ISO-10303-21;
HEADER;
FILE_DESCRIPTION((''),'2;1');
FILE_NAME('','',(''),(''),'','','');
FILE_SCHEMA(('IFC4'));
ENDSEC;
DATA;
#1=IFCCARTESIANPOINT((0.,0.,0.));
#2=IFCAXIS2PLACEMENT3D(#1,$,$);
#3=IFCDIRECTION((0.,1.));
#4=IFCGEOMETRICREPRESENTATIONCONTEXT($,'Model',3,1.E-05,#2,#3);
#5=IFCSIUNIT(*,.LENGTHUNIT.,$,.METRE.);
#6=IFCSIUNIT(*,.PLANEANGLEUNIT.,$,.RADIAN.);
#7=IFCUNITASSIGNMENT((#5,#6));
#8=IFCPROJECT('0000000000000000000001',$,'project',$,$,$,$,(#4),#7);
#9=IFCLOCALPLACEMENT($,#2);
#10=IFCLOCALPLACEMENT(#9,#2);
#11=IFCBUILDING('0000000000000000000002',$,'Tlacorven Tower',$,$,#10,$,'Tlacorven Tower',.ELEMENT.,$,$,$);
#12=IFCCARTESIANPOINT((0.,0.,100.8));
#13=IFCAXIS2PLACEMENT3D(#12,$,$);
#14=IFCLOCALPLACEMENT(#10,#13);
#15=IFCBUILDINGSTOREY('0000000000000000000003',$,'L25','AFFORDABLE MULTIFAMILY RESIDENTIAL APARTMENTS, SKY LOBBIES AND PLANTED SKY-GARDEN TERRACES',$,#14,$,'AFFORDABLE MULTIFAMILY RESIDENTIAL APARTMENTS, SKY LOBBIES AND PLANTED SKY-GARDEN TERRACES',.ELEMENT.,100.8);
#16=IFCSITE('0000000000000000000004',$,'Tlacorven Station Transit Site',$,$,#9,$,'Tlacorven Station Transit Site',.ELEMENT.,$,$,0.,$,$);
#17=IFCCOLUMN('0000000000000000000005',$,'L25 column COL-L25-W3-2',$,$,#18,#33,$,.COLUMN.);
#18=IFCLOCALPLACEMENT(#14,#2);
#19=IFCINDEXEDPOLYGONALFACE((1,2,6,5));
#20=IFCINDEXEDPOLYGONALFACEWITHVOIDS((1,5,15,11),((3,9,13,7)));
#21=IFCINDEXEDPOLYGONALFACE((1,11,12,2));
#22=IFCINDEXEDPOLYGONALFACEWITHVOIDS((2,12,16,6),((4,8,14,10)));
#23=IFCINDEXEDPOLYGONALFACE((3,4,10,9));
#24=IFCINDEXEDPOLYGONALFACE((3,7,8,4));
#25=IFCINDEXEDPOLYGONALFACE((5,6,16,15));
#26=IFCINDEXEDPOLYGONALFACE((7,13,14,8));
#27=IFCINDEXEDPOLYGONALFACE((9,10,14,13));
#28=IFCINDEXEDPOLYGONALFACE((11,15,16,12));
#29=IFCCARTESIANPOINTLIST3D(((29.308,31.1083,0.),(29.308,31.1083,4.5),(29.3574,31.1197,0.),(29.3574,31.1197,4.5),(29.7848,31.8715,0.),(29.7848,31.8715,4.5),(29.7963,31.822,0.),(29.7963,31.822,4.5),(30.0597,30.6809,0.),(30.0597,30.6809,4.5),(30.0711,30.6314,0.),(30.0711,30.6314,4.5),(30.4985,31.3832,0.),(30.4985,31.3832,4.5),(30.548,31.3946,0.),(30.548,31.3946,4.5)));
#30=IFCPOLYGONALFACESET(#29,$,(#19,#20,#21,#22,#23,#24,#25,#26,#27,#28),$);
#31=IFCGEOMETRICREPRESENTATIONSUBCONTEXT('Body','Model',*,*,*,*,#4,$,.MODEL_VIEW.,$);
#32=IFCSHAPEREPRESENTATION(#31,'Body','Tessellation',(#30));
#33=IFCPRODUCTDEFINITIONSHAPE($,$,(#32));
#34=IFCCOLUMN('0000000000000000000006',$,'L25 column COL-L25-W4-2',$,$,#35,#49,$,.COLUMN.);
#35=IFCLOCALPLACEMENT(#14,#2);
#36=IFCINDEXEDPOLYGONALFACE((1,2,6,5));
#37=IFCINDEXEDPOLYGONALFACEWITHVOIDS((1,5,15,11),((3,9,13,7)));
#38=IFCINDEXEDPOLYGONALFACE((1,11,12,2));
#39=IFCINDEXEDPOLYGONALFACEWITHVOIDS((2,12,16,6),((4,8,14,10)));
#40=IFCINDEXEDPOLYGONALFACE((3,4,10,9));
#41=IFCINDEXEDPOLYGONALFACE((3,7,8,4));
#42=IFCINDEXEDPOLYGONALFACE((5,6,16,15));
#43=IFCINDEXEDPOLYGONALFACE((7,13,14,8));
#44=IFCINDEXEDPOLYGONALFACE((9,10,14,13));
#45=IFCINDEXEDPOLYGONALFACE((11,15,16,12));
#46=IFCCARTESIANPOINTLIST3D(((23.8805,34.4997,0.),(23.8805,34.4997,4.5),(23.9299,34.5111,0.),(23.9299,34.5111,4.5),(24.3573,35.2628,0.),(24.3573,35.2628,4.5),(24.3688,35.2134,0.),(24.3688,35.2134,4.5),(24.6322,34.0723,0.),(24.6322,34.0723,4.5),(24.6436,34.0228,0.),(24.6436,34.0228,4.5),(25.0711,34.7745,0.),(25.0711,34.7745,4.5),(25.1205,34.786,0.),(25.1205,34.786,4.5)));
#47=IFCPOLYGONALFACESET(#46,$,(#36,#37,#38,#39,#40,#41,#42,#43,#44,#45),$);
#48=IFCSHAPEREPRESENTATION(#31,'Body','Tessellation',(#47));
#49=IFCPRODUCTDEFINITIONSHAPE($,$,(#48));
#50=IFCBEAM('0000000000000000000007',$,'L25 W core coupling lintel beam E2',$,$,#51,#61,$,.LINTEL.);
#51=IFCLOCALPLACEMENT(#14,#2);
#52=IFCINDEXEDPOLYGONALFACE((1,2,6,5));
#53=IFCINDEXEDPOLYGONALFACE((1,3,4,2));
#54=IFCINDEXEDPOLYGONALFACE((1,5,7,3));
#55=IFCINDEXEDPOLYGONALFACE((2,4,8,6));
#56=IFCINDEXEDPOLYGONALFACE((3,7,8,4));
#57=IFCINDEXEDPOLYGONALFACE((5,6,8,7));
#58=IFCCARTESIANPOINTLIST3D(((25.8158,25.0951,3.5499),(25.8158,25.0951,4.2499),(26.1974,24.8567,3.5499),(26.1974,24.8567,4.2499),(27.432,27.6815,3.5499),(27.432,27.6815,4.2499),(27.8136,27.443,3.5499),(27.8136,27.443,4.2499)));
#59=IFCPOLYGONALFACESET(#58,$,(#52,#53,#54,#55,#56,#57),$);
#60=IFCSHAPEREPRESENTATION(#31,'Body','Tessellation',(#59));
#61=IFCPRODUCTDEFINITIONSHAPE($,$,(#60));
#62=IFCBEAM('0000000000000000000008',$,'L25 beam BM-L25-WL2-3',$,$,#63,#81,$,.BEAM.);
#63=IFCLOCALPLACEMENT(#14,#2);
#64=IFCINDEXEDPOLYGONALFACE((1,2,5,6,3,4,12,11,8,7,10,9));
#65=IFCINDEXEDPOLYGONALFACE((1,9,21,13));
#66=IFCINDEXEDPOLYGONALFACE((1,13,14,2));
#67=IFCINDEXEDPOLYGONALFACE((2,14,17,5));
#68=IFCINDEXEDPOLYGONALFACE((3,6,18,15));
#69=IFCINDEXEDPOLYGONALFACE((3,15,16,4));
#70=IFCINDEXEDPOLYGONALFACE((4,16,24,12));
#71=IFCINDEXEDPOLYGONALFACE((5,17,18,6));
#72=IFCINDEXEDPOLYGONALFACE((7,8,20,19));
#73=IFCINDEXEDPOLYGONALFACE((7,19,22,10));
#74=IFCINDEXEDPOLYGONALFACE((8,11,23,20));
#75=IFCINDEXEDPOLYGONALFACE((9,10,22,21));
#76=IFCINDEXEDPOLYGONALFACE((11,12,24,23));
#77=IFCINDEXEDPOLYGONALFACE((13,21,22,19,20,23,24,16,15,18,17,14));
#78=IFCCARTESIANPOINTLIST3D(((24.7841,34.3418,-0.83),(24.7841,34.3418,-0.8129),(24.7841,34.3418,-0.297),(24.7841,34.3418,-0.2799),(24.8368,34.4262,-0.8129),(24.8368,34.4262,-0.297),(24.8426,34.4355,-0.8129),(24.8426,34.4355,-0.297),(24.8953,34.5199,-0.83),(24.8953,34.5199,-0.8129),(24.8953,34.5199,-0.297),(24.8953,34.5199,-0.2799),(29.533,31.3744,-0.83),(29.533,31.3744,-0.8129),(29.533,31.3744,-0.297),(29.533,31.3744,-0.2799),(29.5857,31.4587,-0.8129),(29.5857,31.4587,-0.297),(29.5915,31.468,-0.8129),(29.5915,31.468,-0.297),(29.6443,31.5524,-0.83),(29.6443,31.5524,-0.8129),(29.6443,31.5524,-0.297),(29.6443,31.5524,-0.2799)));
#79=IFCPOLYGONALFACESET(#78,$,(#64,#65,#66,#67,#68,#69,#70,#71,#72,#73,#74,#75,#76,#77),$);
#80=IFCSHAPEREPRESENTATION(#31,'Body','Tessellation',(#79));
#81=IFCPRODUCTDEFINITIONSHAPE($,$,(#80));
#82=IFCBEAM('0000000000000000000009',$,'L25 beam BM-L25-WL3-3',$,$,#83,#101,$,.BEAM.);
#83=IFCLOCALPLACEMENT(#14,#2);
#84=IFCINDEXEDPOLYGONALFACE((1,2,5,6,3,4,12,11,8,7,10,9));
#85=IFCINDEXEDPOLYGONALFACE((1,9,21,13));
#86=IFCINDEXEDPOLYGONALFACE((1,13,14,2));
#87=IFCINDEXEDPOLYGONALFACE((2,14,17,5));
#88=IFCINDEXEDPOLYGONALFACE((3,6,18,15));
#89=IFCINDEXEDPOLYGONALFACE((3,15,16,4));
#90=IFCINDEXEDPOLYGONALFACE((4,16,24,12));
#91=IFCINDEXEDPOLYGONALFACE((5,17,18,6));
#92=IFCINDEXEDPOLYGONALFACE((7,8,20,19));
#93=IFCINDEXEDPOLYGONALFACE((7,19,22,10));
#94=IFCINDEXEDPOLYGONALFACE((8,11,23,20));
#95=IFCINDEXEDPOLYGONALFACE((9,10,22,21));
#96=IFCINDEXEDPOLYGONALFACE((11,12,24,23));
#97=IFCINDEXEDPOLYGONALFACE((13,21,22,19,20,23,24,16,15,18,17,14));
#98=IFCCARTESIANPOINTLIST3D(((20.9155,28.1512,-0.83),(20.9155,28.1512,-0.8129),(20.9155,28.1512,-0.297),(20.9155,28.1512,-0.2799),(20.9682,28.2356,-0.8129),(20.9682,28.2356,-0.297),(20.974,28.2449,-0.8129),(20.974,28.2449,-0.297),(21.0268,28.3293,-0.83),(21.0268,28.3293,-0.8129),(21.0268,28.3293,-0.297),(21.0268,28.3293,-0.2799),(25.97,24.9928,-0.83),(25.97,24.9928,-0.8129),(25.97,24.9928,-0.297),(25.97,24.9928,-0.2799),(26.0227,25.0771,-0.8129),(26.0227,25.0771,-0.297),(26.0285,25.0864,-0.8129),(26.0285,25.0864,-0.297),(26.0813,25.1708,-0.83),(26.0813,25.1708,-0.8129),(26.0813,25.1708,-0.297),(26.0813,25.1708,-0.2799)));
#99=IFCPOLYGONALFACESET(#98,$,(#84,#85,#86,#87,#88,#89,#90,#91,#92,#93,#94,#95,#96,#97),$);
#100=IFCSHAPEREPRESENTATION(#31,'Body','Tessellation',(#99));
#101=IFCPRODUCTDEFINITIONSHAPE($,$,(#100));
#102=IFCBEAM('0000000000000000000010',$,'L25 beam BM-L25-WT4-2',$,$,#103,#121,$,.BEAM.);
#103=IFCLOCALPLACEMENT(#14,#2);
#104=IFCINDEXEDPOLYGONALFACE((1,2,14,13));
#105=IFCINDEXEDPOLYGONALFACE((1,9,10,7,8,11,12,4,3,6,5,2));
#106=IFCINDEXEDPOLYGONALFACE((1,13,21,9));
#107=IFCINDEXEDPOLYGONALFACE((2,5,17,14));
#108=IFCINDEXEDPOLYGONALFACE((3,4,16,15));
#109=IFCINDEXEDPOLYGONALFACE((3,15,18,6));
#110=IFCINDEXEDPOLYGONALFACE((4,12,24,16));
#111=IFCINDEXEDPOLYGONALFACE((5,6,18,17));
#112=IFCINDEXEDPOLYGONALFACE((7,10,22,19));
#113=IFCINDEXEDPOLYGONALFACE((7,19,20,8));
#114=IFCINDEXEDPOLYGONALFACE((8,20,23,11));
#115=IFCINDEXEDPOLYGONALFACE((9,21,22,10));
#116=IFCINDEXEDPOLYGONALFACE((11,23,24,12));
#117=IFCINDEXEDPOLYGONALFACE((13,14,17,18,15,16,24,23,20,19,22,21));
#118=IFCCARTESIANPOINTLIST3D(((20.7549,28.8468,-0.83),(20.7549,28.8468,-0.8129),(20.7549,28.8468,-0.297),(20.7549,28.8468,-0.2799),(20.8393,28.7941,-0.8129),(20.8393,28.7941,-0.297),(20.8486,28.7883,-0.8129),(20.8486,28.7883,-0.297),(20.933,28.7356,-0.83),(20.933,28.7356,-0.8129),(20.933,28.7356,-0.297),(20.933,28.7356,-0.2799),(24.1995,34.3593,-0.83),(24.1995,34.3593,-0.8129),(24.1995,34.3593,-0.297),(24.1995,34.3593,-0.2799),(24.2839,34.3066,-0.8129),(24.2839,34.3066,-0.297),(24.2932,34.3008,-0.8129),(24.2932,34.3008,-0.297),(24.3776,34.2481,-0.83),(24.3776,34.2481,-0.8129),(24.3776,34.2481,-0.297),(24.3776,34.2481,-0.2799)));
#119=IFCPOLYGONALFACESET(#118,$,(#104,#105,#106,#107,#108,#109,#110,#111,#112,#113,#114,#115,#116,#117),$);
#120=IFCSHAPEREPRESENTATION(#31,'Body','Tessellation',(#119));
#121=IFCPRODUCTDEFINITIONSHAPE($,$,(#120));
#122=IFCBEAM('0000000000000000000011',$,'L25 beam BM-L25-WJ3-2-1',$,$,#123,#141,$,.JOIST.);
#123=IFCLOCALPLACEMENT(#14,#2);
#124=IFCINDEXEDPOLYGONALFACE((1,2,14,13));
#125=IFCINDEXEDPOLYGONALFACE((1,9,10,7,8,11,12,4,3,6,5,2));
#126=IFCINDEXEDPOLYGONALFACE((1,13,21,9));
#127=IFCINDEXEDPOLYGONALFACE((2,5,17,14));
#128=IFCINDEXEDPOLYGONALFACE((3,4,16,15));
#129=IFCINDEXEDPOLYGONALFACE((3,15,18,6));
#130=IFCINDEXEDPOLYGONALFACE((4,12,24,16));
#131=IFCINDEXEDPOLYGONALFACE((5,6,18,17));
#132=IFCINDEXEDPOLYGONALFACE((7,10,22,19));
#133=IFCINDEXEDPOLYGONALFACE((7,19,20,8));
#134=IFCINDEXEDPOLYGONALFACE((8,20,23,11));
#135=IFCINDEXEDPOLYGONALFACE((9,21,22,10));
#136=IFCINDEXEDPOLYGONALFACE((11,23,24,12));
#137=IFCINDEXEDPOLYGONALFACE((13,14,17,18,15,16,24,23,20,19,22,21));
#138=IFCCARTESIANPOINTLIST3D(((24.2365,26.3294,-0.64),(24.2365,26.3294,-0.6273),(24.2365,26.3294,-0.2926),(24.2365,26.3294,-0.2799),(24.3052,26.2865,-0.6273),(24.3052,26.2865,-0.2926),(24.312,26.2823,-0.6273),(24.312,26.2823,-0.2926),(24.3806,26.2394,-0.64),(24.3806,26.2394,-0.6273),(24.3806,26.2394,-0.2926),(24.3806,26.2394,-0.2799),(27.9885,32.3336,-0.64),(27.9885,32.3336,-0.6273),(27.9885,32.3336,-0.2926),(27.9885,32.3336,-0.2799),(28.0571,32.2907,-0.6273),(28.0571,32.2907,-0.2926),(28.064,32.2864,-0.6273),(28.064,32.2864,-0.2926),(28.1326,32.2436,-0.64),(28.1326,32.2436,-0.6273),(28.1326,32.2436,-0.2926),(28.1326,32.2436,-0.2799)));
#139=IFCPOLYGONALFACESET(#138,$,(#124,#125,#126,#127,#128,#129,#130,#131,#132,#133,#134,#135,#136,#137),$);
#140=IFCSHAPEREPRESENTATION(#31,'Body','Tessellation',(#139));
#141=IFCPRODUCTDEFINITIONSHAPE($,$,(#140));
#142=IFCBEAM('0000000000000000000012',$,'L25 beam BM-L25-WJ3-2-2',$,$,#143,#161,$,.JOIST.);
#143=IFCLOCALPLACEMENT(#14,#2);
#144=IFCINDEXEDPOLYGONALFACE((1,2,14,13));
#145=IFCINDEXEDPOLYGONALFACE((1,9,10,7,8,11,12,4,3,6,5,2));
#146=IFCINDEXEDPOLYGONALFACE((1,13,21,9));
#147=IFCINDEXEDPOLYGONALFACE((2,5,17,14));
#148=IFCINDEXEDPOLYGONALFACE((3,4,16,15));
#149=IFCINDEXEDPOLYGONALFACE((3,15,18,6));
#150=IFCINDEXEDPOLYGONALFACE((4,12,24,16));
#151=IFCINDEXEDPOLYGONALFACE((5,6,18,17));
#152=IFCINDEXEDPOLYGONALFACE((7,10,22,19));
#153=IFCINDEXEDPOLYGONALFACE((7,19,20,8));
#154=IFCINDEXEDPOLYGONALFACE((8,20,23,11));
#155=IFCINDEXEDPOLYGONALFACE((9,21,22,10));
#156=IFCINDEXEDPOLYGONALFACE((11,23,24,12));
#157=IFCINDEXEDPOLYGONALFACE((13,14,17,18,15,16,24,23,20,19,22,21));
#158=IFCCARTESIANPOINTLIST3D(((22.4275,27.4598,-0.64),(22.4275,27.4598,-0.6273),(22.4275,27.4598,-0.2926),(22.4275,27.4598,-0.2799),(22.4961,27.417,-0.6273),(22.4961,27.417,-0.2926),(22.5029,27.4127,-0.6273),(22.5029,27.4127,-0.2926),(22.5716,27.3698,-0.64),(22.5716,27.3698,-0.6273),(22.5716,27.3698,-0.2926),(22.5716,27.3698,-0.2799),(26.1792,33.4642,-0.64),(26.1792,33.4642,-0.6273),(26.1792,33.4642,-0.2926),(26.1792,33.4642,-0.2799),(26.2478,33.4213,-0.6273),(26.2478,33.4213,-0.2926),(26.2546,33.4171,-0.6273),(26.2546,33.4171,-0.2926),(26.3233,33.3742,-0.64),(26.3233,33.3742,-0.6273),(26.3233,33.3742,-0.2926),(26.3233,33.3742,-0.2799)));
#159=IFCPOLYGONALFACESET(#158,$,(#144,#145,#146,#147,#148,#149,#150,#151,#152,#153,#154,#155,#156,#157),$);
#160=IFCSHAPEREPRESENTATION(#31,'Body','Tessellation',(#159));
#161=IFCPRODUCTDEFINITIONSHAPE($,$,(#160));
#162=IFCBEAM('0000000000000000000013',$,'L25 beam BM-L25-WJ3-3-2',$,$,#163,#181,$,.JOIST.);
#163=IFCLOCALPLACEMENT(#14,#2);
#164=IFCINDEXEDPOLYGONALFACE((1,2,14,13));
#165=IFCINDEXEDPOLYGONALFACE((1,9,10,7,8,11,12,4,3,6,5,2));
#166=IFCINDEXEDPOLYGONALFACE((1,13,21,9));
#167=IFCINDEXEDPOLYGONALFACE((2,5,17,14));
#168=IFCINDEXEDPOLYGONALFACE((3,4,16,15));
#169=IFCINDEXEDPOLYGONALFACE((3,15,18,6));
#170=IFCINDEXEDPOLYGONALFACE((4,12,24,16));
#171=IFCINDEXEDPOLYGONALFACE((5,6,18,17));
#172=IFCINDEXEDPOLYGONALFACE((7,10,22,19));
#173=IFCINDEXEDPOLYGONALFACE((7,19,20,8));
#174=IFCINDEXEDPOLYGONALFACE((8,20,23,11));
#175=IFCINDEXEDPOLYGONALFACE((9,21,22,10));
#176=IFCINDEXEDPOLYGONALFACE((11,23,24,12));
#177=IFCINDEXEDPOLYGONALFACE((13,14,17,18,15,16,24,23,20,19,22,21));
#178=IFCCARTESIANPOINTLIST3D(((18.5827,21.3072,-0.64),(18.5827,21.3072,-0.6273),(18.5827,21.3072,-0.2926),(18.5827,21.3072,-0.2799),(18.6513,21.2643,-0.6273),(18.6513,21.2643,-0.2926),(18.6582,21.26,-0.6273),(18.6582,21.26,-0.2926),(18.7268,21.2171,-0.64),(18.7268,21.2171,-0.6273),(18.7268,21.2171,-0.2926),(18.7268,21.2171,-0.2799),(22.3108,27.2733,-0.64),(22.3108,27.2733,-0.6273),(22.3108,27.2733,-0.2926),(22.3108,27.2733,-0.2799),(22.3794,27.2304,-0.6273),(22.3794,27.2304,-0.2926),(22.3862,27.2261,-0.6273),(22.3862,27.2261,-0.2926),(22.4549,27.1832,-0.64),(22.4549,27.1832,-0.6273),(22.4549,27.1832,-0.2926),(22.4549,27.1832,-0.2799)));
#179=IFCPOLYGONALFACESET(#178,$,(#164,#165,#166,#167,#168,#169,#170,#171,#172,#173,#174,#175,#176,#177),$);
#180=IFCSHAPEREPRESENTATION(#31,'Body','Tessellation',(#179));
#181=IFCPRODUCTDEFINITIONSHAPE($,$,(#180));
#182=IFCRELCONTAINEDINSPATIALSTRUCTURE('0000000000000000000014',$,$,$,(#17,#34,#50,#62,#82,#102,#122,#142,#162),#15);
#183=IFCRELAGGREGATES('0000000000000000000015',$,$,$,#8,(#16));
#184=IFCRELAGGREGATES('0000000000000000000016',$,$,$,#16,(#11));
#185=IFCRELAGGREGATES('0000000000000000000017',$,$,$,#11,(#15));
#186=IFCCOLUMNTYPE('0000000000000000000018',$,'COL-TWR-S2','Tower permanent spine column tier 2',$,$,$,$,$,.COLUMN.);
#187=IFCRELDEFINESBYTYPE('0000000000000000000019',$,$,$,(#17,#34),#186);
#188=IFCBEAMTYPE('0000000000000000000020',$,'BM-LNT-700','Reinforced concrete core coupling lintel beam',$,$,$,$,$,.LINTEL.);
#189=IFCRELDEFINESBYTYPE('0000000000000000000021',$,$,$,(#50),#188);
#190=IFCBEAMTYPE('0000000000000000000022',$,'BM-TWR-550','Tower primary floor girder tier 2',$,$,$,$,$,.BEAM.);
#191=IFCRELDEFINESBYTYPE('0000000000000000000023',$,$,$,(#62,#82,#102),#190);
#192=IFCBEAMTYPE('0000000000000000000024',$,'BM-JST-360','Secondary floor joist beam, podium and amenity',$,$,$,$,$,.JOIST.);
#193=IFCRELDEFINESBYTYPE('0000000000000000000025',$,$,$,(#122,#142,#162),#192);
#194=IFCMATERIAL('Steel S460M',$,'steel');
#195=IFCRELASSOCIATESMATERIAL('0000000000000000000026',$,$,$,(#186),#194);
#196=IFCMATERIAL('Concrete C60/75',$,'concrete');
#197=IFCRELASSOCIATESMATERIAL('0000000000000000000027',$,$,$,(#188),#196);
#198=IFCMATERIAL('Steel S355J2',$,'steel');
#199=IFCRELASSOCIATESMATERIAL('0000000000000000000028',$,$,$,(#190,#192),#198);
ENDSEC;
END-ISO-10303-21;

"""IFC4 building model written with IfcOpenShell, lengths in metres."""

from ifc_helpers import new_model, si_unit, direction, frame, origin, origin_2d, place, context, subcontext, project, spatial, rectangle, hollow_rectangle, i_section, extrude, source, transform, mapped, material, material_profile, profile_set, type_object, element, save


model = new_model("IFC4")

# Units and contexts
model_context = context("Model", 3, precision=1e-05, world=origin(), true_north=direction((0.0, 1.0)))
body_context = subcontext(model_context, "Body", "Model", "MODEL_VIEW")
ifc_project = project(units=[si_unit("LENGTHUNIT", "METRE"), si_unit("PLANEANGLEUNIT", "RADIAN")], contexts=[model_context])

# Site, building, storey
site_placement = place(None, origin())
site = spatial("IfcSite", under=ifc_project, at=site_placement, Name="Tlacorven Station Transit Site", LongName="Tlacorven Station Transit Site", CompositionType="ELEMENT", RefElevation=0.0)
building_placement = place(site_placement, origin())
building = spatial("IfcBuilding", under=site, at=building_placement, Name="Tlacorven Tower", LongName="Tlacorven Tower", CompositionType="ELEMENT")
storey_placement = place(building_placement, frame((0.0, 0.0, 100.8)))
storey = spatial("IfcBuildingStorey", under=building, at=storey_placement, Name="L25", Description="AFFORDABLE MULTIFAMILY RESIDENTIAL APARTMENTS, SKY LOBBIES AND PLANTED SKY-GARDEN TERRACES", LongName="AFFORDABLE MULTIFAMILY RESIDENTIAL APARTMENTS, SKY LOBBIES AND PLANTED SKY-GARDEN TERRACES", CompositionType="ELEMENT", Elevation=100.8)

# Columns
ifc_material_1 = material(Name="Steel S460M", Category="steel")
ifc_material_profile_1 = material_profile(ifc_material_1, hollow_rectangle(XDim=0.8999, YDim=0.8999, WallThickness=0.0359, at=origin_2d()), Name="BOX 900X900X36")
ifc_profile_set_1 = profile_set([ifc_material_profile_1], Name="Steel S460M")
column_type = type_object("IfcColumnType", Name="COL-TWR-S2", Description="Tower permanent spine column tier 2", PredefinedType="COLUMN", material=ifc_profile_set_1)
shared_shape_1 = source(origin(), body_context, "Body", "SweptSolid", [
    extrude(hollow_rectangle(XDim=0.8999, YDim=0.8999, WallThickness=0.0359, at=origin_2d()), origin(), (0.0, 0.0, 1.0), 4.5),
])
for number, where, z_axis, x_axis, name in (
    (1, (29.928, 31.2515, 0.0), (0.0, 0.0, 1.0), (-0.848048, 0.529919, 0.0), "L25 column COL-L25-W3-2"),
    (2, (24.5005, 34.6428, 0.0), (0.0, 0.0, 1.0), (-0.848048, 0.529919, 0.0), "L25 column COL-L25-W4-2"),
):
    element("IfcColumn", number, at=place(storey_placement, frame(where, z_axis=z_axis, x_axis=x_axis)), inside=storey, type_object=column_type, Name=name, PredefinedType="COLUMN", context=body_context, shape_type="MappedRepresentation", body=[
        mapped(shared_shape_1, transform((0.0, 0.0, 0.0), scale=1.0)),
    ])

# Beams
ifc_material_2 = material(Name="Concrete C60/75", Category="concrete")
ifc_material_profile_2 = material_profile(ifc_material_2, rectangle(XDim=0.45, YDim=0.7, at=origin_2d()), Name="RC 450X700")
ifc_profile_set_2 = profile_set([ifc_material_profile_2], Name="Concrete C60/75")
beam_type_1 = type_object("IfcBeamType", Name="BM-LNT-700", Description="Reinforced concrete core coupling lintel beam", PredefinedType="LINTEL", material=ifc_profile_set_2)
shared_shape_2 = source(origin(), body_context, "Body", "SweptSolid", [
    extrude(rectangle(XDim=0.45, YDim=0.7, at=origin_2d()), origin(), (0.0, 0.0, 1.0), 3.0498),
])
beam_1_placement = place(storey_placement, frame((27.6228, 27.5623, 3.8999), z_axis=(-0.529927, -0.848043, 0.0), x_axis=(0.848043, -0.529927, 0.0)))
element("IfcBeam", 3, at=beam_1_placement, inside=storey, type_object=beam_type_1, Name="L25 W core coupling lintel beam E2", PredefinedType="LINTEL", context=body_context, shape_type="MappedRepresentation", body=[
    mapped(shared_shape_2, transform((0.0, 0.0, 0.0), scale=1.0)),
])
ifc_material_3 = material(Name="Steel S355J2", Category="steel")
ifc_material_profile_3 = material_profile(ifc_material_3, i_section(OverallWidth=0.21, OverallDepth=0.55, WebThickness=0.011, FlangeThickness=0.0171, at=origin_2d()), Name="IPE 550")
ifc_profile_set_3 = profile_set([ifc_material_profile_3], Name="Steel S355J2")
beam_type_2 = type_object("IfcBeamType", Name="BM-TWR-550", Description="Tower primary floor girder tier 2", PredefinedType="BEAM", material=ifc_profile_set_3)
shared_shape_3 = source(origin(), body_context, "Body", "SweptSolid", [
    extrude(i_section(OverallWidth=0.21, OverallDepth=0.55, WebThickness=0.011, FlangeThickness=0.0171, at=origin_2d()), origin(), (0.0, 0.0, 1.0), 5.5999),
])
beam_2_placement = place(storey_placement, frame((29.5886, 31.4634, -0.5549), z_axis=(-0.848047, 0.529921, 0.0), x_axis=(-0.529921, -0.848047, 0.0)))
element("IfcBeam", 4, at=beam_2_placement, inside=storey, type_object=beam_type_2, Name="L25 beam BM-L25-WL2-3", PredefinedType="BEAM", context=body_context, shape_type="MappedRepresentation", body=[
    mapped(shared_shape_3, transform((0.0, 0.0, 0.0), scale=1.0)),
])
shared_shape_4 = source(origin(), body_context, "Body", "SweptSolid", [
    extrude(i_section(OverallWidth=0.21, OverallDepth=0.55, WebThickness=0.011, FlangeThickness=0.0171, at=origin_2d()), origin(), (0.0, 0.0, 1.0), 5.9602),
])
beam_3_placement = place(storey_placement, frame((26.0256, 25.0818, -0.5549), z_axis=(-0.848042, 0.529929, 0.0), x_axis=(-0.529929, -0.848042, 0.0)))
element("IfcBeam", 5, at=beam_3_placement, inside=storey, type_object=beam_type_2, Name="L25 beam BM-L25-WL3-3", PredefinedType="BEAM", context=body_context, shape_type="MappedRepresentation", body=[
    mapped(shared_shape_4, transform((0.0, 0.0, 0.0), scale=1.0)),
])
shared_shape_5 = source(origin(), body_context, "Body", "SweptSolid", [
    extrude(i_section(OverallWidth=0.21, OverallDepth=0.55, WebThickness=0.011, FlangeThickness=0.0171, at=origin_2d()), origin(), (0.0, 0.0, 1.0), 6.5002),
])
beam_4_placement = place(storey_placement, frame((24.2886, 34.3037, -0.5549), z_axis=(-0.529921, -0.848047, 0.0), x_axis=(0.848047, -0.529921, 0.0)))
element("IfcBeam", 6, at=beam_4_placement, inside=storey, type_object=beam_type_2, Name="L25 beam BM-L25-WT4-2", PredefinedType="BEAM", context=body_context, shape_type="MappedRepresentation", body=[
    mapped(shared_shape_5, transform((0.0, 0.0, 0.0), scale=1.0)),
])
ifc_material_profile_4 = material_profile(ifc_material_3, i_section(OverallWidth=0.1699, OverallDepth=0.3601, WebThickness=0.0081, FlangeThickness=0.0127, at=origin_2d()), Name="IPE 360")
ifc_profile_set_4 = profile_set([ifc_material_profile_4], Name="Steel S355J2")
beam_type_3 = type_object("IfcBeamType", Name="BM-JST-360", Description="Secondary floor joist beam, podium and amenity", PredefinedType="JOIST", material=ifc_profile_set_4)
shared_shape_6 = source(origin(), body_context, "Body", "SweptSolid", [
    extrude(i_section(OverallWidth=0.1699, OverallDepth=0.3601, WebThickness=0.0081, FlangeThickness=0.0127, at=origin_2d()), origin(), (0.0, 0.0, 1.0), 7.0801),
])
for number, where, z_axis, x_axis, name in (
    (7, (28.0605, 32.2886, -0.46), (-0.529934, -0.848039, 0.0), (0.848039, -0.529934, 0.0), "L25 beam BM-L25-WJ3-2-1"),
    (8, (26.2512, 33.4192, -0.46), (-0.529894, -0.848064, 0.0), (0.848064, -0.529894, 0.0), "L25 beam BM-L25-WJ3-2-2"),
):
    element("IfcBeam", number, at=place(storey_placement, frame(where, z_axis=z_axis, x_axis=x_axis)), inside=storey, type_object=beam_type_3, Name=name, PredefinedType="JOIST", context=body_context, shape_type="MappedRepresentation", body=[
        mapped(shared_shape_6, transform((0.0, 0.0, 0.0), scale=1.0)),
    ])
shared_shape_7 = source(origin(), body_context, "Body", "SweptSolid", [
    extrude(i_section(OverallWidth=0.1699, OverallDepth=0.3601, WebThickness=0.0081, FlangeThickness=0.0127, at=origin_2d()), origin(), (0.0, 0.0, 1.0), 7.0352),
])
beam_5_placement = place(storey_placement, frame((22.3828, 27.2283, -0.46), z_axis=(-0.529921, -0.848047, 0.0), x_axis=(0.848047, -0.529921, 0.0)))
element("IfcBeam", 9, at=beam_5_placement, inside=storey, type_object=beam_type_3, Name="L25 beam BM-L25-WJ3-3-2", PredefinedType="JOIST", context=body_context, shape_type="MappedRepresentation", body=[
    mapped(shared_shape_7, transform((0.0, 0.0, 0.0), scale=1.0)),
])

save(model, "model.ifc")
